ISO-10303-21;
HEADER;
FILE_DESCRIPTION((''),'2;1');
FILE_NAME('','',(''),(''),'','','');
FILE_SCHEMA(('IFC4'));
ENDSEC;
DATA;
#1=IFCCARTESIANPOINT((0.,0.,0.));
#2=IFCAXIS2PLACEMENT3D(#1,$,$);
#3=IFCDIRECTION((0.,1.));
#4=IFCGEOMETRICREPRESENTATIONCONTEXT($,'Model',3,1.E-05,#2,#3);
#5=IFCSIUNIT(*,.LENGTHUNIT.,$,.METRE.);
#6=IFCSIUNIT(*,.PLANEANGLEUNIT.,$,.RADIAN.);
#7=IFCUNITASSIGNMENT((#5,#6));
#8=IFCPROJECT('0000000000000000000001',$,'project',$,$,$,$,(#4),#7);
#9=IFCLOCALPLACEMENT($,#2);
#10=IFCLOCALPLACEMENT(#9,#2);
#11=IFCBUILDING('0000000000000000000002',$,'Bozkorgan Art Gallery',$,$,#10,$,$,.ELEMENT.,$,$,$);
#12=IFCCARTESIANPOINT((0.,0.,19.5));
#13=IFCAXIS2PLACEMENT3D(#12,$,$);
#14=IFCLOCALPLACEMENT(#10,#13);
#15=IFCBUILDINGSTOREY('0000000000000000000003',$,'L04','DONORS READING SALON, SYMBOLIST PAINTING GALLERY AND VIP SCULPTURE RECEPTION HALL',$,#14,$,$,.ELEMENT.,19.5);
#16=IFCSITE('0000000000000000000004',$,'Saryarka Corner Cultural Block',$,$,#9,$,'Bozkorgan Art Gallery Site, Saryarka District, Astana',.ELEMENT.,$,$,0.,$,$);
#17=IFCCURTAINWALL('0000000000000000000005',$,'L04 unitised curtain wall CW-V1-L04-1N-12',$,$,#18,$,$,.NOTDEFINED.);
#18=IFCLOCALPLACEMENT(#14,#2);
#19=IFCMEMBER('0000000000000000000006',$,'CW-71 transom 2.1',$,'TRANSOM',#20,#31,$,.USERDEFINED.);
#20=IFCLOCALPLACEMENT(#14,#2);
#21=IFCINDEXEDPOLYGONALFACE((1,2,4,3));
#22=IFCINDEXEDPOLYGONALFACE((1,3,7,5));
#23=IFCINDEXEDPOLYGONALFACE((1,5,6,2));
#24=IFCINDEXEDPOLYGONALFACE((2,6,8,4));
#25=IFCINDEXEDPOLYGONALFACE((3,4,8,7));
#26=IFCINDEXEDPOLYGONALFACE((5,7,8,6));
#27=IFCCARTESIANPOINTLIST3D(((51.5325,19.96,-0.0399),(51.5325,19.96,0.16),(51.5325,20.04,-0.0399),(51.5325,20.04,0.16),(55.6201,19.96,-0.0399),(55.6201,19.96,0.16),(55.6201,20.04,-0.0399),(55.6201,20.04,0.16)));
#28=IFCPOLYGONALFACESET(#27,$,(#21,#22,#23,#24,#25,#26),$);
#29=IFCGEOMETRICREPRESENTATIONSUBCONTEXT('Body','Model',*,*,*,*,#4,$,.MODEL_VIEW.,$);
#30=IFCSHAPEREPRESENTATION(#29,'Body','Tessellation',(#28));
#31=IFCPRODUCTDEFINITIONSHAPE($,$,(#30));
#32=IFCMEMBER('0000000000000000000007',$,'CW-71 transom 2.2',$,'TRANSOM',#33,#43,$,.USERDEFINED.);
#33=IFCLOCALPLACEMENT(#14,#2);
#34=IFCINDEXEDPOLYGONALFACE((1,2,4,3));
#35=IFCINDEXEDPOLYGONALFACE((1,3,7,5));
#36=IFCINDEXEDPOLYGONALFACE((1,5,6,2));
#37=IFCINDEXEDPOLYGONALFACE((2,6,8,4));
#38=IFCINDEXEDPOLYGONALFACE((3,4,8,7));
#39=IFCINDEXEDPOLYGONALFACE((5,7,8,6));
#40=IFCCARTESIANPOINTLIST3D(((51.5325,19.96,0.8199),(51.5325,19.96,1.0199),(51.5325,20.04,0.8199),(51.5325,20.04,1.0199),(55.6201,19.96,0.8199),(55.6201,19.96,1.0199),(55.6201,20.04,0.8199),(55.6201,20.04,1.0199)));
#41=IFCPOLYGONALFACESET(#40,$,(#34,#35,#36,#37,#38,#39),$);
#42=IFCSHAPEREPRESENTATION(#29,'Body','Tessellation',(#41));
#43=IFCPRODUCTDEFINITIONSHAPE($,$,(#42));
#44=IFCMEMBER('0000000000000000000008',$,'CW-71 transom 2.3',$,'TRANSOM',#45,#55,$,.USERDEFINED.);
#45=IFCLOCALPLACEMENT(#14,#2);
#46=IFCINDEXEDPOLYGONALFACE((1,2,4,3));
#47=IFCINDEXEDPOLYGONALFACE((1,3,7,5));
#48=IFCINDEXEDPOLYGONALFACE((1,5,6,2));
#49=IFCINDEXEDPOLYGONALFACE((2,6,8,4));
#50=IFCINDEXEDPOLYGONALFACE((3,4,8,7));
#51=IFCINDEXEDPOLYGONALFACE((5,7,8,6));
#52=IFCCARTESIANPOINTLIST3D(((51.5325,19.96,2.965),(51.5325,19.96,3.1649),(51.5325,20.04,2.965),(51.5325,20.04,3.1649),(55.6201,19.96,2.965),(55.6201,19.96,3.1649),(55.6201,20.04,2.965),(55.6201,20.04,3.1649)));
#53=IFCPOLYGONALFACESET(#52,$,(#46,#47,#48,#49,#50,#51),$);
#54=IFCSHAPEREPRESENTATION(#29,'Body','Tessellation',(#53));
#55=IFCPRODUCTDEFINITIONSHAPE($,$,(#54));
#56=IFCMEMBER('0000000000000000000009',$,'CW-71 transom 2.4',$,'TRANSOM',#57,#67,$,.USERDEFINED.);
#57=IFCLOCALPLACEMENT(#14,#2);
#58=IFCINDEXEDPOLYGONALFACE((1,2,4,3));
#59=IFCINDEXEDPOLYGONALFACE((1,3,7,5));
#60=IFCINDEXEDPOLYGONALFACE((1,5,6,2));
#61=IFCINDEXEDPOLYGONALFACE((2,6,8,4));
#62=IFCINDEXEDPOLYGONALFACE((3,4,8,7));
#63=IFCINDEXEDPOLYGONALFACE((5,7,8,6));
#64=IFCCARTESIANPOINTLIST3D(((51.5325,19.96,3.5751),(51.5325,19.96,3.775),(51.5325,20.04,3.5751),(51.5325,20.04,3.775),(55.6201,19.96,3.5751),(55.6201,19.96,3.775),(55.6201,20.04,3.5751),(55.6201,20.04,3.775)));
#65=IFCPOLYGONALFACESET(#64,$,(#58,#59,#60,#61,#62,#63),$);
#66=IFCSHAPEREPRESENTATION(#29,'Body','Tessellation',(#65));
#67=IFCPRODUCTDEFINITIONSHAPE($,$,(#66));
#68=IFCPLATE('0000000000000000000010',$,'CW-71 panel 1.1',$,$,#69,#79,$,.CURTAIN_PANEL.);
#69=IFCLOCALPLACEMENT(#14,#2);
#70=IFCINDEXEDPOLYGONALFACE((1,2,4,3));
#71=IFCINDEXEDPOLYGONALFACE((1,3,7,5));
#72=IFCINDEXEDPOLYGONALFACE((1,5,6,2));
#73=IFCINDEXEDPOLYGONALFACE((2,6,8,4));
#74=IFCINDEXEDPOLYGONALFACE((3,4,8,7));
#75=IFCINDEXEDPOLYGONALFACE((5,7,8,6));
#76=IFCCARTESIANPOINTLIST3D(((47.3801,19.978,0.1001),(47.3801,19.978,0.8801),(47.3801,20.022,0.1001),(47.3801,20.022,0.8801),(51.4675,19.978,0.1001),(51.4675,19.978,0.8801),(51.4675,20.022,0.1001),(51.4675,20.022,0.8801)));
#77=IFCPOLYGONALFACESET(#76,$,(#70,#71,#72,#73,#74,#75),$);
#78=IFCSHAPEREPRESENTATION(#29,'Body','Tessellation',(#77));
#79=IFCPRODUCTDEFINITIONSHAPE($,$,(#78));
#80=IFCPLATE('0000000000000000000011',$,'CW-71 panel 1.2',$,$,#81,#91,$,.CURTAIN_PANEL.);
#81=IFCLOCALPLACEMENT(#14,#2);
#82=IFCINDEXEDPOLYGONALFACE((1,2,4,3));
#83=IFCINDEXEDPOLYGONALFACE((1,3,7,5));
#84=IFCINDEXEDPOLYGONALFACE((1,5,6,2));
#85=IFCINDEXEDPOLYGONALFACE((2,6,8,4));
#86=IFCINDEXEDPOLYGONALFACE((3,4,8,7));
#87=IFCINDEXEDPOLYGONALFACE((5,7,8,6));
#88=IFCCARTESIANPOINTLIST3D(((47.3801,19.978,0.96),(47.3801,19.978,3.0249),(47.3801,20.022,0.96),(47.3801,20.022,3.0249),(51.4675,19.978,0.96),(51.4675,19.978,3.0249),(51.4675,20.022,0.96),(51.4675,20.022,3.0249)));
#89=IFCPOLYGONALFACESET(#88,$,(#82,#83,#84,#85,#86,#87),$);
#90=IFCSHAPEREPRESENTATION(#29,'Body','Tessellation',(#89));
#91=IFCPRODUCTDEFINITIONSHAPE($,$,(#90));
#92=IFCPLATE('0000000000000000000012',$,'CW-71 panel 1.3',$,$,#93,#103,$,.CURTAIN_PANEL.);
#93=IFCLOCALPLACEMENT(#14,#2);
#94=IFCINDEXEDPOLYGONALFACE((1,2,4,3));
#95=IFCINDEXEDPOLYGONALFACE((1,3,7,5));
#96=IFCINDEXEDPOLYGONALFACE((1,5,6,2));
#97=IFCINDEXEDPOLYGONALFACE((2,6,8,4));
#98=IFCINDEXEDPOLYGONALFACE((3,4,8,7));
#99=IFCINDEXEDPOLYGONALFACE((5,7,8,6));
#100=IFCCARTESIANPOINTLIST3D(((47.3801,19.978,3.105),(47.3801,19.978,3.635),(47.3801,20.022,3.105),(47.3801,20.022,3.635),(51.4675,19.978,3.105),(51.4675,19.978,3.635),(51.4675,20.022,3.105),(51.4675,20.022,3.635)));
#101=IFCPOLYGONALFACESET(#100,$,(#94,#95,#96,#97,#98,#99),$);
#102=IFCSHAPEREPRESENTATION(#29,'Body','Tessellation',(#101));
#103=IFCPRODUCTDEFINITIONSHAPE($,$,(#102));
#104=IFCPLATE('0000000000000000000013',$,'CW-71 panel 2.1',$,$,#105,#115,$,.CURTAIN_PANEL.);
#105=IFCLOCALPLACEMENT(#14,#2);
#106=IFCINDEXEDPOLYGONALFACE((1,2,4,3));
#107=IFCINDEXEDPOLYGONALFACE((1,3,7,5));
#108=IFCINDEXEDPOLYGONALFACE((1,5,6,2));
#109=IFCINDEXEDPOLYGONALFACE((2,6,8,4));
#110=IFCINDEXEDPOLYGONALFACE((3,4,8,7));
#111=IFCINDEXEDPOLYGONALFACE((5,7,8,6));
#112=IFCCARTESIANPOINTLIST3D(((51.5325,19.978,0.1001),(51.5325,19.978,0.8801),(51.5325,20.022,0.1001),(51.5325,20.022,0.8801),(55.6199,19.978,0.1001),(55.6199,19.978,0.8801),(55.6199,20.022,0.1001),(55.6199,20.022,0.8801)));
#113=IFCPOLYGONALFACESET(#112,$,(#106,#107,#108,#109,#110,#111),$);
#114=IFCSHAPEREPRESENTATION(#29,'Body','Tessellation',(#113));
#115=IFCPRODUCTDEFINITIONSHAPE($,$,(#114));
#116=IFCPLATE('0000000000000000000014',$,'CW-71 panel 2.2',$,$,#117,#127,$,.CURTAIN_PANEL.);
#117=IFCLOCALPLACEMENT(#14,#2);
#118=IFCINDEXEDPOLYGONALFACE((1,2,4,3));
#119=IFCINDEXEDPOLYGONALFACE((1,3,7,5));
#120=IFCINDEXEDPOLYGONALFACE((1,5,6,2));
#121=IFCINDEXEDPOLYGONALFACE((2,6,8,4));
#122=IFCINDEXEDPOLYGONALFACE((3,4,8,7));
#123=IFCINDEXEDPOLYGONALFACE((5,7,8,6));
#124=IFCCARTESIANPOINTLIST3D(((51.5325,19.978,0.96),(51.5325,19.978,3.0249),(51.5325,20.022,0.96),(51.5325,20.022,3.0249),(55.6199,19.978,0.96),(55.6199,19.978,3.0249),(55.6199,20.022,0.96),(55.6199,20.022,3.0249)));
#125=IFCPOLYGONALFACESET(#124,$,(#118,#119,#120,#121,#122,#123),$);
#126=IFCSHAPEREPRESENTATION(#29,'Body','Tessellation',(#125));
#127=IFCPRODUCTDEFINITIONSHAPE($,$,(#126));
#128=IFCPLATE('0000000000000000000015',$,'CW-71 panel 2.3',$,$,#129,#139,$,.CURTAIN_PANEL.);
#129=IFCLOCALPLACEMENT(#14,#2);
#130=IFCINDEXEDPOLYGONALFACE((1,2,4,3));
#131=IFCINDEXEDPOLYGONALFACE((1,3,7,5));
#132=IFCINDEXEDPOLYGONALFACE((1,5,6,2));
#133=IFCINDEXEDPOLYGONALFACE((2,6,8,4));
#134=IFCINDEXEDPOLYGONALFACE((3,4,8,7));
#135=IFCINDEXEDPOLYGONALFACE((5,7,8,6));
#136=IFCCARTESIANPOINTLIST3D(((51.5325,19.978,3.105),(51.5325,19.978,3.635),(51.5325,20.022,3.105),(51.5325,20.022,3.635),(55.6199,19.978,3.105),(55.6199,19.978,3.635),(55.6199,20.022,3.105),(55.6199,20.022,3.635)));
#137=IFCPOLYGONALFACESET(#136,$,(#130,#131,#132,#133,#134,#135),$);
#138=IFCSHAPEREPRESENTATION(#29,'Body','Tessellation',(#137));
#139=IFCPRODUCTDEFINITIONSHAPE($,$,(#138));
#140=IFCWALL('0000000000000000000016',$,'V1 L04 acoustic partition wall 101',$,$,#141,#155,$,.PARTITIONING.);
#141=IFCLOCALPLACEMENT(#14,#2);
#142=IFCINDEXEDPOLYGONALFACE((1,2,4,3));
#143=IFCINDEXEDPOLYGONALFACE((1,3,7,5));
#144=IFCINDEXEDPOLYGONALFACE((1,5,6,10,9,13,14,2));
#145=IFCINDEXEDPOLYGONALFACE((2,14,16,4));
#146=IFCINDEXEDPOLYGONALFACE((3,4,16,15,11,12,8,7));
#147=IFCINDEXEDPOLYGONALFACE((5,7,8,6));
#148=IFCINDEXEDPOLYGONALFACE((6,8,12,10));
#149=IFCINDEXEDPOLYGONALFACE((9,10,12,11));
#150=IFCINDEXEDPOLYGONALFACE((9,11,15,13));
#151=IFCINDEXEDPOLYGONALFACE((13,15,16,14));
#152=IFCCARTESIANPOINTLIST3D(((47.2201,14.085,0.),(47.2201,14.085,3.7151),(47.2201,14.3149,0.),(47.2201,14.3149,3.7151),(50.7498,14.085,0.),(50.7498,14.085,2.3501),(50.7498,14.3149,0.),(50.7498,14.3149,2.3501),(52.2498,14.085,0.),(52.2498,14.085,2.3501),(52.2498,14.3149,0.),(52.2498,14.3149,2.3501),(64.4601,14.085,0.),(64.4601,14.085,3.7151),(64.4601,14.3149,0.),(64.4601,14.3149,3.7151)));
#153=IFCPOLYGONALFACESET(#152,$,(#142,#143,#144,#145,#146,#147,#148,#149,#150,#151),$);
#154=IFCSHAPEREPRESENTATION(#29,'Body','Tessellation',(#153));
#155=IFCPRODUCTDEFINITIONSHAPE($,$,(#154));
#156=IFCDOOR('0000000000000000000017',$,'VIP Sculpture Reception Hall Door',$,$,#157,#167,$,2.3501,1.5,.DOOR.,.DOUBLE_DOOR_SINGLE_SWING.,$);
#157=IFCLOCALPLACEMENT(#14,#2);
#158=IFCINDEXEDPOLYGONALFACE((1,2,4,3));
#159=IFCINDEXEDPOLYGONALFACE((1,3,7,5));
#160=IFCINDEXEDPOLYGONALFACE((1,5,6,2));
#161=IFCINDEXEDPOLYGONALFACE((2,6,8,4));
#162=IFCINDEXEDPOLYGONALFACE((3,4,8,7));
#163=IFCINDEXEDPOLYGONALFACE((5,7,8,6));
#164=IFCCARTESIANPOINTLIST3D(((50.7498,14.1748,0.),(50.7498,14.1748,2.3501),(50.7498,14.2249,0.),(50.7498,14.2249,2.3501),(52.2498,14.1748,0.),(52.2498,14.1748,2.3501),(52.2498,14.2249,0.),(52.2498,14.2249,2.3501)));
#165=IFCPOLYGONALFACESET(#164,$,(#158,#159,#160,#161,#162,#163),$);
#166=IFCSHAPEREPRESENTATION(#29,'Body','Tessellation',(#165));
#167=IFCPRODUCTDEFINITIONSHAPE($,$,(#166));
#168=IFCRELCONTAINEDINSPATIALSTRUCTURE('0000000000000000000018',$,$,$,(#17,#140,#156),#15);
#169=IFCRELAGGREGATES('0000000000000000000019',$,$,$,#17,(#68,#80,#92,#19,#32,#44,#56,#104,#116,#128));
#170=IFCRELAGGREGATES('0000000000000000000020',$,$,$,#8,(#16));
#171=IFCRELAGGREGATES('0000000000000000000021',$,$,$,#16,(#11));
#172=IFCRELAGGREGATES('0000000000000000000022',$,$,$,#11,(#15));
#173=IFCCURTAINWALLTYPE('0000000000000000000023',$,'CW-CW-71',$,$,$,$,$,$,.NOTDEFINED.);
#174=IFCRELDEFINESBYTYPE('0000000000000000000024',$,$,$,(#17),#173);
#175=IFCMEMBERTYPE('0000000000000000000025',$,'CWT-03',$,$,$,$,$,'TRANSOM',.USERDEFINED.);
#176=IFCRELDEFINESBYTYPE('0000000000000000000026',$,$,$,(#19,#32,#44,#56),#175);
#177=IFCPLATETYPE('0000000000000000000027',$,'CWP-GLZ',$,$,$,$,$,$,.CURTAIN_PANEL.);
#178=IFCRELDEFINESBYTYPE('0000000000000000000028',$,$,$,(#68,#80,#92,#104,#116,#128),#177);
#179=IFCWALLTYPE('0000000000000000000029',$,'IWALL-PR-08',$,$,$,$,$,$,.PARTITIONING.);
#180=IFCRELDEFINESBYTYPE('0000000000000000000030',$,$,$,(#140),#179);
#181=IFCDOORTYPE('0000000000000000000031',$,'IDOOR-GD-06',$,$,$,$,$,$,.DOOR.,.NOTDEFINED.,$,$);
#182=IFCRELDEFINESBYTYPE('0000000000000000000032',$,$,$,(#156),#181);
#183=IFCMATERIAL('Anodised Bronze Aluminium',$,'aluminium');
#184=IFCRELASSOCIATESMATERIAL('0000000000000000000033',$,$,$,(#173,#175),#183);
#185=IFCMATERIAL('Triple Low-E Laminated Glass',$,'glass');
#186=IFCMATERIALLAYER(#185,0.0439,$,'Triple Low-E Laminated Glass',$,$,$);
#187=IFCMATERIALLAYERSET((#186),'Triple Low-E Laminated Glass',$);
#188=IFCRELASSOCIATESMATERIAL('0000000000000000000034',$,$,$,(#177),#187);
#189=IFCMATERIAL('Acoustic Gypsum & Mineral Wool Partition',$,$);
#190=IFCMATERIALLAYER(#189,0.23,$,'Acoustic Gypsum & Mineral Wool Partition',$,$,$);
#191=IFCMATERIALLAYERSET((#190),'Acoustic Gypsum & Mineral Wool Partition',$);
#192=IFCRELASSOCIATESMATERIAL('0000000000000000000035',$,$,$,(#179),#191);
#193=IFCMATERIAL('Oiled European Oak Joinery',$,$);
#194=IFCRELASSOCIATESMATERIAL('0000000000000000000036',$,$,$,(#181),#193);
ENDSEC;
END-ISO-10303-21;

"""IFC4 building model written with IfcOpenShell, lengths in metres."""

from ifc_helpers import new_model, si_unit, direction, frame, frame_2d, origin, origin_2d, place, context, subcontext, project, spatial, rectangle, extrude, material, layer, layer_set, material_profile, profile_set, type_object, element, fill, aggregate, save


model = new_model("IFC4")

# Units and contexts
model_context = context("Model", 3, precision=1e-05, world=origin(), true_north=direction((0.0, 1.0)))
body_context = subcontext(model_context, "Body", "Model", "MODEL_VIEW")
ifc_project = project(units=[si_unit("LENGTHUNIT", "METRE"), si_unit("PLANEANGLEUNIT", "RADIAN")], contexts=[model_context])

# Site, building, storey
site_placement = place(None, origin())
site = spatial("IfcSite", under=ifc_project, at=site_placement, Name="Saryarka Corner Cultural Block", LongName="Bozkorgan Art Gallery Site, Saryarka District, Astana", CompositionType="ELEMENT", RefElevation=0.0)
building_placement = place(site_placement, origin())
building = spatial("IfcBuilding", under=site, at=building_placement, Name="Bozkorgan Art Gallery", CompositionType="ELEMENT")
storey_placement = place(building_placement, frame((0.0, 0.0, 19.5)))
storey = spatial("IfcBuildingStorey", under=building, at=storey_placement, Name="L04", Description="DONORS READING SALON, SYMBOLIST PAINTING GALLERY AND VIP SCULPTURE RECEPTION HALL", CompositionType="ELEMENT", Elevation=19.5)

# Curtain wall, members, plates
ifc_material_1 = material(Name="Anodised Bronze Aluminium", Category="aluminium")
curtain_wall_type = type_object("IfcCurtainWallType", Name="CW-CW-71", PredefinedType="NOTDEFINED", material=ifc_material_1)
curtain_wall_placement = place(storey_placement, origin())
curtain_wall = element("IfcCurtainWall", 1, at=curtain_wall_placement, inside=storey, type_object=curtain_wall_type, Name="L04 unitised curtain wall CW-V1-L04-1N-12", PredefinedType="NOTDEFINED")
ifc_material_profile_1 = material_profile(ifc_material_1, rectangle(XDim=0.0801, YDim=0.2, at=origin_2d()), Name="ALU TRANSOM 80x200")
ifc_profile_set_1 = profile_set([ifc_material_profile_1], Name="Anodised Bronze Aluminium")
member_type_1 = type_object("IfcMemberType", Name="CWT-03", ElementType="TRANSOM", PredefinedType="USERDEFINED", material=ifc_profile_set_1)
member_1_placement = place(storey_placement, frame((51.5325, 20.0, 0.0601), z_axis=(1.0, 0.0, 0.0), x_axis=(0.0, 1.0, 0.0)))
member_1 = element("IfcMember", 2, at=member_1_placement, type_object=member_type_1, Name="CW-71 transom 2.1", ObjectType="TRANSOM", PredefinedType="USERDEFINED", context=body_context, shape_type="SweptSolid", body=[
    extrude(rectangle(XDim=0.0801, YDim=0.2, at=origin_2d()), origin(), (0.0, 0.0, 1.0), 4.0876),
])
member_2_placement = place(storey_placement, frame((51.5325, 20.0, 0.9199), z_axis=(1.0, 0.0, 0.0), x_axis=(0.0, 1.0, 0.0)))
member_2 = element("IfcMember", 3, at=member_2_placement, type_object=member_type_1, Name="CW-71 transom 2.2", ObjectType="TRANSOM", PredefinedType="USERDEFINED", context=body_context, shape_type="SweptSolid", body=[
    extrude(rectangle(XDim=0.0801, YDim=0.2, at=origin_2d()), origin(), (0.0, 0.0, 1.0), 4.0876),
])
member_3_placement = place(storey_placement, frame((51.5325, 20.0, 3.0649), z_axis=(1.0, 0.0, 0.0), x_axis=(0.0, 1.0, 0.0)))
member_3 = element("IfcMember", 4, at=member_3_placement, type_object=member_type_1, Name="CW-71 transom 2.3", ObjectType="TRANSOM", PredefinedType="USERDEFINED", context=body_context, shape_type="SweptSolid", body=[
    extrude(rectangle(XDim=0.0801, YDim=0.2, at=origin_2d()), origin(), (0.0, 0.0, 1.0), 4.0876),
])
member_4_placement = place(storey_placement, frame((51.5325, 20.0, 3.675), z_axis=(1.0, 0.0, 0.0), x_axis=(0.0, 1.0, 0.0)))
member_4 = element("IfcMember", 5, at=member_4_placement, type_object=member_type_1, Name="CW-71 transom 2.4", ObjectType="TRANSOM", PredefinedType="USERDEFINED", context=body_context, shape_type="SweptSolid", body=[
    extrude(rectangle(XDim=0.0801, YDim=0.2, at=origin_2d()), origin(), (0.0, 0.0, 1.0), 4.0876),
])
ifc_material_2 = material(Name="Triple Low-E Laminated Glass", Category="glass")
ifc_layer_1 = layer(ifc_material_2, 0.0439, Name="Triple Low-E Laminated Glass")
ifc_layer_set_1 = layer_set([ifc_layer_1], Name="Triple Low-E Laminated Glass")
plate_type = type_object("IfcPlateType", Name="CWP-GLZ", PredefinedType="CURTAIN_PANEL", material=ifc_layer_set_1)
plate_1_placement = place(storey_placement, frame((49.4238, 20.0, 0.1001), z_axis=(0.0, 0.0, 1.0), x_axis=(1.0, 0.0, 0.0)))
plate_1 = element("IfcPlate", 6, at=plate_1_placement, type_object=plate_type, Name="CW-71 panel 1.1", PredefinedType="CURTAIN_PANEL", context=body_context, shape_type="SweptSolid", body=[
    extrude(rectangle(XDim=4.0874, YDim=0.0439, at=origin_2d()), origin(), (0.0, 0.0, 1.0), 0.78),
])
plate_2_placement = place(storey_placement, frame((49.4238, 20.0, 0.96), z_axis=(0.0, 0.0, 1.0), x_axis=(1.0, 0.0, 0.0)))
plate_2 = element("IfcPlate", 7, at=plate_2_placement, type_object=plate_type, Name="CW-71 panel 1.2", PredefinedType="CURTAIN_PANEL", context=body_context, shape_type="SweptSolid", body=[
    extrude(rectangle(XDim=4.0874, YDim=0.0439, at=origin_2d()), origin(), (0.0, 0.0, 1.0), 2.0649),
])
plate_3_placement = place(storey_placement, frame((49.4238, 20.0, 3.105), z_axis=(0.0, 0.0, 1.0), x_axis=(1.0, 0.0, 0.0)))
plate_3 = element("IfcPlate", 8, at=plate_3_placement, type_object=plate_type, Name="CW-71 panel 1.3", PredefinedType="CURTAIN_PANEL", context=body_context, shape_type="SweptSolid", body=[
    extrude(rectangle(XDim=4.0874, YDim=0.0439, at=origin_2d()), origin(), (0.0, 0.0, 1.0), 0.53),
])
plate_4_placement = place(storey_placement, frame((53.5762, 20.0, 0.1001), z_axis=(0.0, 0.0, 1.0), x_axis=(1.0, 0.0, 0.0)))
plate_4 = element("IfcPlate", 9, at=plate_4_placement, type_object=plate_type, Name="CW-71 panel 2.1", PredefinedType="CURTAIN_PANEL", context=body_context, shape_type="SweptSolid", body=[
    extrude(rectangle(XDim=4.0874, YDim=0.0439, at=origin_2d()), origin(), (0.0, 0.0, 1.0), 0.78),
])
plate_5_placement = place(storey_placement, frame((53.5762, 20.0, 0.96), z_axis=(0.0, 0.0, 1.0), x_axis=(1.0, 0.0, 0.0)))
plate_5 = element("IfcPlate", 10, at=plate_5_placement, type_object=plate_type, Name="CW-71 panel 2.2", PredefinedType="CURTAIN_PANEL", context=body_context, shape_type="SweptSolid", body=[
    extrude(rectangle(XDim=4.0874, YDim=0.0439, at=origin_2d()), origin(), (0.0, 0.0, 1.0), 2.0649),
])
plate_6_placement = place(storey_placement, frame((53.5762, 20.0, 3.105), z_axis=(0.0, 0.0, 1.0), x_axis=(1.0, 0.0, 0.0)))
plate_6 = element("IfcPlate", 11, at=plate_6_placement, type_object=plate_type, Name="CW-71 panel 2.3", PredefinedType="CURTAIN_PANEL", context=body_context, shape_type="SweptSolid", body=[
    extrude(rectangle(XDim=4.0874, YDim=0.0439, at=origin_2d()), origin(), (0.0, 0.0, 1.0), 0.53),
])
aggregate(curtain_wall, [plate_1, plate_2, plate_3, member_1, member_2, member_3, member_4, plate_4, plate_5, plate_6])

# Wall, opening, door
ifc_material_3 = material(Name="Acoustic Gypsum & Mineral Wool Partition")
ifc_layer_2 = layer(ifc_material_3, 0.23, Name="Acoustic Gypsum & Mineral Wool Partition")
ifc_layer_set_2 = layer_set([ifc_layer_2], Name="Acoustic Gypsum & Mineral Wool Partition")
wall_type = type_object("IfcWallType", Name="IWALL-PR-08", PredefinedType="PARTITIONING", material=ifc_layer_set_2)
wall_placement = place(storey_placement, frame((47.22, 14.2, 0.0), z_axis=(0.0, 0.0, 1.0), x_axis=(1.0, 0.0, 0.0)))
wall = element("IfcWall", 12, at=wall_placement, inside=storey, type_object=wall_type, Name="V1 L04 acoustic partition wall 101", PredefinedType="PARTITIONING", context=body_context, shape_type="SweptSolid", body=[
    extrude(rectangle(XDim=17.24, YDim=0.23, at=frame_2d((8.6201, 0.0))), origin(), (0.0, 0.0, 1.0), 3.7151),
])
opening_placement = place(wall_placement, frame((3.5298, 0.0, 0.0)))
opening = element("IfcOpeningElement", 13, at=opening_placement, cuts=wall, PredefinedType="OPENING", context=body_context, shape_type="SweptSolid", body=[
    extrude(rectangle(XDim=1.5, YDim=2.3501, at=frame_2d((0.75, 1.175))), frame((0.0, 0.125, 0.0), z_axis=(0.0, -1.0, 0.0), x_axis=(1.0, 0.0, 0.0)), (0.0, 0.0, 1.0), 0.25),
])
ifc_material_4 = material(Name="Oiled European Oak Joinery")
door_type = type_object("IfcDoorType", Name="IDOOR-GD-06", OperationType="NOTDEFINED", PredefinedType="DOOR", material=ifc_material_4)
door_placement = place(opening_placement, origin())
door = element("IfcDoor", 14, at=door_placement, inside=storey, type_object=door_type, Name="VIP Sculpture Reception Hall Door", OperationType="DOUBLE_DOOR_SINGLE_SWING", OverallHeight=2.3501, OverallWidth=1.5, PredefinedType="DOOR", context=body_context, shape_type="SweptSolid", body=[
    extrude(rectangle(XDim=1.5, YDim=2.3501, at=frame_2d((0.75, 1.175))), frame((0.0, 0.0249, 0.0), z_axis=(0.0, -1.0, 0.0), x_axis=(1.0, 0.0, 0.0)), (0.0, 0.0, 1.0), 0.05),
])
fill(opening, door)

save(model, "model.ifc")
